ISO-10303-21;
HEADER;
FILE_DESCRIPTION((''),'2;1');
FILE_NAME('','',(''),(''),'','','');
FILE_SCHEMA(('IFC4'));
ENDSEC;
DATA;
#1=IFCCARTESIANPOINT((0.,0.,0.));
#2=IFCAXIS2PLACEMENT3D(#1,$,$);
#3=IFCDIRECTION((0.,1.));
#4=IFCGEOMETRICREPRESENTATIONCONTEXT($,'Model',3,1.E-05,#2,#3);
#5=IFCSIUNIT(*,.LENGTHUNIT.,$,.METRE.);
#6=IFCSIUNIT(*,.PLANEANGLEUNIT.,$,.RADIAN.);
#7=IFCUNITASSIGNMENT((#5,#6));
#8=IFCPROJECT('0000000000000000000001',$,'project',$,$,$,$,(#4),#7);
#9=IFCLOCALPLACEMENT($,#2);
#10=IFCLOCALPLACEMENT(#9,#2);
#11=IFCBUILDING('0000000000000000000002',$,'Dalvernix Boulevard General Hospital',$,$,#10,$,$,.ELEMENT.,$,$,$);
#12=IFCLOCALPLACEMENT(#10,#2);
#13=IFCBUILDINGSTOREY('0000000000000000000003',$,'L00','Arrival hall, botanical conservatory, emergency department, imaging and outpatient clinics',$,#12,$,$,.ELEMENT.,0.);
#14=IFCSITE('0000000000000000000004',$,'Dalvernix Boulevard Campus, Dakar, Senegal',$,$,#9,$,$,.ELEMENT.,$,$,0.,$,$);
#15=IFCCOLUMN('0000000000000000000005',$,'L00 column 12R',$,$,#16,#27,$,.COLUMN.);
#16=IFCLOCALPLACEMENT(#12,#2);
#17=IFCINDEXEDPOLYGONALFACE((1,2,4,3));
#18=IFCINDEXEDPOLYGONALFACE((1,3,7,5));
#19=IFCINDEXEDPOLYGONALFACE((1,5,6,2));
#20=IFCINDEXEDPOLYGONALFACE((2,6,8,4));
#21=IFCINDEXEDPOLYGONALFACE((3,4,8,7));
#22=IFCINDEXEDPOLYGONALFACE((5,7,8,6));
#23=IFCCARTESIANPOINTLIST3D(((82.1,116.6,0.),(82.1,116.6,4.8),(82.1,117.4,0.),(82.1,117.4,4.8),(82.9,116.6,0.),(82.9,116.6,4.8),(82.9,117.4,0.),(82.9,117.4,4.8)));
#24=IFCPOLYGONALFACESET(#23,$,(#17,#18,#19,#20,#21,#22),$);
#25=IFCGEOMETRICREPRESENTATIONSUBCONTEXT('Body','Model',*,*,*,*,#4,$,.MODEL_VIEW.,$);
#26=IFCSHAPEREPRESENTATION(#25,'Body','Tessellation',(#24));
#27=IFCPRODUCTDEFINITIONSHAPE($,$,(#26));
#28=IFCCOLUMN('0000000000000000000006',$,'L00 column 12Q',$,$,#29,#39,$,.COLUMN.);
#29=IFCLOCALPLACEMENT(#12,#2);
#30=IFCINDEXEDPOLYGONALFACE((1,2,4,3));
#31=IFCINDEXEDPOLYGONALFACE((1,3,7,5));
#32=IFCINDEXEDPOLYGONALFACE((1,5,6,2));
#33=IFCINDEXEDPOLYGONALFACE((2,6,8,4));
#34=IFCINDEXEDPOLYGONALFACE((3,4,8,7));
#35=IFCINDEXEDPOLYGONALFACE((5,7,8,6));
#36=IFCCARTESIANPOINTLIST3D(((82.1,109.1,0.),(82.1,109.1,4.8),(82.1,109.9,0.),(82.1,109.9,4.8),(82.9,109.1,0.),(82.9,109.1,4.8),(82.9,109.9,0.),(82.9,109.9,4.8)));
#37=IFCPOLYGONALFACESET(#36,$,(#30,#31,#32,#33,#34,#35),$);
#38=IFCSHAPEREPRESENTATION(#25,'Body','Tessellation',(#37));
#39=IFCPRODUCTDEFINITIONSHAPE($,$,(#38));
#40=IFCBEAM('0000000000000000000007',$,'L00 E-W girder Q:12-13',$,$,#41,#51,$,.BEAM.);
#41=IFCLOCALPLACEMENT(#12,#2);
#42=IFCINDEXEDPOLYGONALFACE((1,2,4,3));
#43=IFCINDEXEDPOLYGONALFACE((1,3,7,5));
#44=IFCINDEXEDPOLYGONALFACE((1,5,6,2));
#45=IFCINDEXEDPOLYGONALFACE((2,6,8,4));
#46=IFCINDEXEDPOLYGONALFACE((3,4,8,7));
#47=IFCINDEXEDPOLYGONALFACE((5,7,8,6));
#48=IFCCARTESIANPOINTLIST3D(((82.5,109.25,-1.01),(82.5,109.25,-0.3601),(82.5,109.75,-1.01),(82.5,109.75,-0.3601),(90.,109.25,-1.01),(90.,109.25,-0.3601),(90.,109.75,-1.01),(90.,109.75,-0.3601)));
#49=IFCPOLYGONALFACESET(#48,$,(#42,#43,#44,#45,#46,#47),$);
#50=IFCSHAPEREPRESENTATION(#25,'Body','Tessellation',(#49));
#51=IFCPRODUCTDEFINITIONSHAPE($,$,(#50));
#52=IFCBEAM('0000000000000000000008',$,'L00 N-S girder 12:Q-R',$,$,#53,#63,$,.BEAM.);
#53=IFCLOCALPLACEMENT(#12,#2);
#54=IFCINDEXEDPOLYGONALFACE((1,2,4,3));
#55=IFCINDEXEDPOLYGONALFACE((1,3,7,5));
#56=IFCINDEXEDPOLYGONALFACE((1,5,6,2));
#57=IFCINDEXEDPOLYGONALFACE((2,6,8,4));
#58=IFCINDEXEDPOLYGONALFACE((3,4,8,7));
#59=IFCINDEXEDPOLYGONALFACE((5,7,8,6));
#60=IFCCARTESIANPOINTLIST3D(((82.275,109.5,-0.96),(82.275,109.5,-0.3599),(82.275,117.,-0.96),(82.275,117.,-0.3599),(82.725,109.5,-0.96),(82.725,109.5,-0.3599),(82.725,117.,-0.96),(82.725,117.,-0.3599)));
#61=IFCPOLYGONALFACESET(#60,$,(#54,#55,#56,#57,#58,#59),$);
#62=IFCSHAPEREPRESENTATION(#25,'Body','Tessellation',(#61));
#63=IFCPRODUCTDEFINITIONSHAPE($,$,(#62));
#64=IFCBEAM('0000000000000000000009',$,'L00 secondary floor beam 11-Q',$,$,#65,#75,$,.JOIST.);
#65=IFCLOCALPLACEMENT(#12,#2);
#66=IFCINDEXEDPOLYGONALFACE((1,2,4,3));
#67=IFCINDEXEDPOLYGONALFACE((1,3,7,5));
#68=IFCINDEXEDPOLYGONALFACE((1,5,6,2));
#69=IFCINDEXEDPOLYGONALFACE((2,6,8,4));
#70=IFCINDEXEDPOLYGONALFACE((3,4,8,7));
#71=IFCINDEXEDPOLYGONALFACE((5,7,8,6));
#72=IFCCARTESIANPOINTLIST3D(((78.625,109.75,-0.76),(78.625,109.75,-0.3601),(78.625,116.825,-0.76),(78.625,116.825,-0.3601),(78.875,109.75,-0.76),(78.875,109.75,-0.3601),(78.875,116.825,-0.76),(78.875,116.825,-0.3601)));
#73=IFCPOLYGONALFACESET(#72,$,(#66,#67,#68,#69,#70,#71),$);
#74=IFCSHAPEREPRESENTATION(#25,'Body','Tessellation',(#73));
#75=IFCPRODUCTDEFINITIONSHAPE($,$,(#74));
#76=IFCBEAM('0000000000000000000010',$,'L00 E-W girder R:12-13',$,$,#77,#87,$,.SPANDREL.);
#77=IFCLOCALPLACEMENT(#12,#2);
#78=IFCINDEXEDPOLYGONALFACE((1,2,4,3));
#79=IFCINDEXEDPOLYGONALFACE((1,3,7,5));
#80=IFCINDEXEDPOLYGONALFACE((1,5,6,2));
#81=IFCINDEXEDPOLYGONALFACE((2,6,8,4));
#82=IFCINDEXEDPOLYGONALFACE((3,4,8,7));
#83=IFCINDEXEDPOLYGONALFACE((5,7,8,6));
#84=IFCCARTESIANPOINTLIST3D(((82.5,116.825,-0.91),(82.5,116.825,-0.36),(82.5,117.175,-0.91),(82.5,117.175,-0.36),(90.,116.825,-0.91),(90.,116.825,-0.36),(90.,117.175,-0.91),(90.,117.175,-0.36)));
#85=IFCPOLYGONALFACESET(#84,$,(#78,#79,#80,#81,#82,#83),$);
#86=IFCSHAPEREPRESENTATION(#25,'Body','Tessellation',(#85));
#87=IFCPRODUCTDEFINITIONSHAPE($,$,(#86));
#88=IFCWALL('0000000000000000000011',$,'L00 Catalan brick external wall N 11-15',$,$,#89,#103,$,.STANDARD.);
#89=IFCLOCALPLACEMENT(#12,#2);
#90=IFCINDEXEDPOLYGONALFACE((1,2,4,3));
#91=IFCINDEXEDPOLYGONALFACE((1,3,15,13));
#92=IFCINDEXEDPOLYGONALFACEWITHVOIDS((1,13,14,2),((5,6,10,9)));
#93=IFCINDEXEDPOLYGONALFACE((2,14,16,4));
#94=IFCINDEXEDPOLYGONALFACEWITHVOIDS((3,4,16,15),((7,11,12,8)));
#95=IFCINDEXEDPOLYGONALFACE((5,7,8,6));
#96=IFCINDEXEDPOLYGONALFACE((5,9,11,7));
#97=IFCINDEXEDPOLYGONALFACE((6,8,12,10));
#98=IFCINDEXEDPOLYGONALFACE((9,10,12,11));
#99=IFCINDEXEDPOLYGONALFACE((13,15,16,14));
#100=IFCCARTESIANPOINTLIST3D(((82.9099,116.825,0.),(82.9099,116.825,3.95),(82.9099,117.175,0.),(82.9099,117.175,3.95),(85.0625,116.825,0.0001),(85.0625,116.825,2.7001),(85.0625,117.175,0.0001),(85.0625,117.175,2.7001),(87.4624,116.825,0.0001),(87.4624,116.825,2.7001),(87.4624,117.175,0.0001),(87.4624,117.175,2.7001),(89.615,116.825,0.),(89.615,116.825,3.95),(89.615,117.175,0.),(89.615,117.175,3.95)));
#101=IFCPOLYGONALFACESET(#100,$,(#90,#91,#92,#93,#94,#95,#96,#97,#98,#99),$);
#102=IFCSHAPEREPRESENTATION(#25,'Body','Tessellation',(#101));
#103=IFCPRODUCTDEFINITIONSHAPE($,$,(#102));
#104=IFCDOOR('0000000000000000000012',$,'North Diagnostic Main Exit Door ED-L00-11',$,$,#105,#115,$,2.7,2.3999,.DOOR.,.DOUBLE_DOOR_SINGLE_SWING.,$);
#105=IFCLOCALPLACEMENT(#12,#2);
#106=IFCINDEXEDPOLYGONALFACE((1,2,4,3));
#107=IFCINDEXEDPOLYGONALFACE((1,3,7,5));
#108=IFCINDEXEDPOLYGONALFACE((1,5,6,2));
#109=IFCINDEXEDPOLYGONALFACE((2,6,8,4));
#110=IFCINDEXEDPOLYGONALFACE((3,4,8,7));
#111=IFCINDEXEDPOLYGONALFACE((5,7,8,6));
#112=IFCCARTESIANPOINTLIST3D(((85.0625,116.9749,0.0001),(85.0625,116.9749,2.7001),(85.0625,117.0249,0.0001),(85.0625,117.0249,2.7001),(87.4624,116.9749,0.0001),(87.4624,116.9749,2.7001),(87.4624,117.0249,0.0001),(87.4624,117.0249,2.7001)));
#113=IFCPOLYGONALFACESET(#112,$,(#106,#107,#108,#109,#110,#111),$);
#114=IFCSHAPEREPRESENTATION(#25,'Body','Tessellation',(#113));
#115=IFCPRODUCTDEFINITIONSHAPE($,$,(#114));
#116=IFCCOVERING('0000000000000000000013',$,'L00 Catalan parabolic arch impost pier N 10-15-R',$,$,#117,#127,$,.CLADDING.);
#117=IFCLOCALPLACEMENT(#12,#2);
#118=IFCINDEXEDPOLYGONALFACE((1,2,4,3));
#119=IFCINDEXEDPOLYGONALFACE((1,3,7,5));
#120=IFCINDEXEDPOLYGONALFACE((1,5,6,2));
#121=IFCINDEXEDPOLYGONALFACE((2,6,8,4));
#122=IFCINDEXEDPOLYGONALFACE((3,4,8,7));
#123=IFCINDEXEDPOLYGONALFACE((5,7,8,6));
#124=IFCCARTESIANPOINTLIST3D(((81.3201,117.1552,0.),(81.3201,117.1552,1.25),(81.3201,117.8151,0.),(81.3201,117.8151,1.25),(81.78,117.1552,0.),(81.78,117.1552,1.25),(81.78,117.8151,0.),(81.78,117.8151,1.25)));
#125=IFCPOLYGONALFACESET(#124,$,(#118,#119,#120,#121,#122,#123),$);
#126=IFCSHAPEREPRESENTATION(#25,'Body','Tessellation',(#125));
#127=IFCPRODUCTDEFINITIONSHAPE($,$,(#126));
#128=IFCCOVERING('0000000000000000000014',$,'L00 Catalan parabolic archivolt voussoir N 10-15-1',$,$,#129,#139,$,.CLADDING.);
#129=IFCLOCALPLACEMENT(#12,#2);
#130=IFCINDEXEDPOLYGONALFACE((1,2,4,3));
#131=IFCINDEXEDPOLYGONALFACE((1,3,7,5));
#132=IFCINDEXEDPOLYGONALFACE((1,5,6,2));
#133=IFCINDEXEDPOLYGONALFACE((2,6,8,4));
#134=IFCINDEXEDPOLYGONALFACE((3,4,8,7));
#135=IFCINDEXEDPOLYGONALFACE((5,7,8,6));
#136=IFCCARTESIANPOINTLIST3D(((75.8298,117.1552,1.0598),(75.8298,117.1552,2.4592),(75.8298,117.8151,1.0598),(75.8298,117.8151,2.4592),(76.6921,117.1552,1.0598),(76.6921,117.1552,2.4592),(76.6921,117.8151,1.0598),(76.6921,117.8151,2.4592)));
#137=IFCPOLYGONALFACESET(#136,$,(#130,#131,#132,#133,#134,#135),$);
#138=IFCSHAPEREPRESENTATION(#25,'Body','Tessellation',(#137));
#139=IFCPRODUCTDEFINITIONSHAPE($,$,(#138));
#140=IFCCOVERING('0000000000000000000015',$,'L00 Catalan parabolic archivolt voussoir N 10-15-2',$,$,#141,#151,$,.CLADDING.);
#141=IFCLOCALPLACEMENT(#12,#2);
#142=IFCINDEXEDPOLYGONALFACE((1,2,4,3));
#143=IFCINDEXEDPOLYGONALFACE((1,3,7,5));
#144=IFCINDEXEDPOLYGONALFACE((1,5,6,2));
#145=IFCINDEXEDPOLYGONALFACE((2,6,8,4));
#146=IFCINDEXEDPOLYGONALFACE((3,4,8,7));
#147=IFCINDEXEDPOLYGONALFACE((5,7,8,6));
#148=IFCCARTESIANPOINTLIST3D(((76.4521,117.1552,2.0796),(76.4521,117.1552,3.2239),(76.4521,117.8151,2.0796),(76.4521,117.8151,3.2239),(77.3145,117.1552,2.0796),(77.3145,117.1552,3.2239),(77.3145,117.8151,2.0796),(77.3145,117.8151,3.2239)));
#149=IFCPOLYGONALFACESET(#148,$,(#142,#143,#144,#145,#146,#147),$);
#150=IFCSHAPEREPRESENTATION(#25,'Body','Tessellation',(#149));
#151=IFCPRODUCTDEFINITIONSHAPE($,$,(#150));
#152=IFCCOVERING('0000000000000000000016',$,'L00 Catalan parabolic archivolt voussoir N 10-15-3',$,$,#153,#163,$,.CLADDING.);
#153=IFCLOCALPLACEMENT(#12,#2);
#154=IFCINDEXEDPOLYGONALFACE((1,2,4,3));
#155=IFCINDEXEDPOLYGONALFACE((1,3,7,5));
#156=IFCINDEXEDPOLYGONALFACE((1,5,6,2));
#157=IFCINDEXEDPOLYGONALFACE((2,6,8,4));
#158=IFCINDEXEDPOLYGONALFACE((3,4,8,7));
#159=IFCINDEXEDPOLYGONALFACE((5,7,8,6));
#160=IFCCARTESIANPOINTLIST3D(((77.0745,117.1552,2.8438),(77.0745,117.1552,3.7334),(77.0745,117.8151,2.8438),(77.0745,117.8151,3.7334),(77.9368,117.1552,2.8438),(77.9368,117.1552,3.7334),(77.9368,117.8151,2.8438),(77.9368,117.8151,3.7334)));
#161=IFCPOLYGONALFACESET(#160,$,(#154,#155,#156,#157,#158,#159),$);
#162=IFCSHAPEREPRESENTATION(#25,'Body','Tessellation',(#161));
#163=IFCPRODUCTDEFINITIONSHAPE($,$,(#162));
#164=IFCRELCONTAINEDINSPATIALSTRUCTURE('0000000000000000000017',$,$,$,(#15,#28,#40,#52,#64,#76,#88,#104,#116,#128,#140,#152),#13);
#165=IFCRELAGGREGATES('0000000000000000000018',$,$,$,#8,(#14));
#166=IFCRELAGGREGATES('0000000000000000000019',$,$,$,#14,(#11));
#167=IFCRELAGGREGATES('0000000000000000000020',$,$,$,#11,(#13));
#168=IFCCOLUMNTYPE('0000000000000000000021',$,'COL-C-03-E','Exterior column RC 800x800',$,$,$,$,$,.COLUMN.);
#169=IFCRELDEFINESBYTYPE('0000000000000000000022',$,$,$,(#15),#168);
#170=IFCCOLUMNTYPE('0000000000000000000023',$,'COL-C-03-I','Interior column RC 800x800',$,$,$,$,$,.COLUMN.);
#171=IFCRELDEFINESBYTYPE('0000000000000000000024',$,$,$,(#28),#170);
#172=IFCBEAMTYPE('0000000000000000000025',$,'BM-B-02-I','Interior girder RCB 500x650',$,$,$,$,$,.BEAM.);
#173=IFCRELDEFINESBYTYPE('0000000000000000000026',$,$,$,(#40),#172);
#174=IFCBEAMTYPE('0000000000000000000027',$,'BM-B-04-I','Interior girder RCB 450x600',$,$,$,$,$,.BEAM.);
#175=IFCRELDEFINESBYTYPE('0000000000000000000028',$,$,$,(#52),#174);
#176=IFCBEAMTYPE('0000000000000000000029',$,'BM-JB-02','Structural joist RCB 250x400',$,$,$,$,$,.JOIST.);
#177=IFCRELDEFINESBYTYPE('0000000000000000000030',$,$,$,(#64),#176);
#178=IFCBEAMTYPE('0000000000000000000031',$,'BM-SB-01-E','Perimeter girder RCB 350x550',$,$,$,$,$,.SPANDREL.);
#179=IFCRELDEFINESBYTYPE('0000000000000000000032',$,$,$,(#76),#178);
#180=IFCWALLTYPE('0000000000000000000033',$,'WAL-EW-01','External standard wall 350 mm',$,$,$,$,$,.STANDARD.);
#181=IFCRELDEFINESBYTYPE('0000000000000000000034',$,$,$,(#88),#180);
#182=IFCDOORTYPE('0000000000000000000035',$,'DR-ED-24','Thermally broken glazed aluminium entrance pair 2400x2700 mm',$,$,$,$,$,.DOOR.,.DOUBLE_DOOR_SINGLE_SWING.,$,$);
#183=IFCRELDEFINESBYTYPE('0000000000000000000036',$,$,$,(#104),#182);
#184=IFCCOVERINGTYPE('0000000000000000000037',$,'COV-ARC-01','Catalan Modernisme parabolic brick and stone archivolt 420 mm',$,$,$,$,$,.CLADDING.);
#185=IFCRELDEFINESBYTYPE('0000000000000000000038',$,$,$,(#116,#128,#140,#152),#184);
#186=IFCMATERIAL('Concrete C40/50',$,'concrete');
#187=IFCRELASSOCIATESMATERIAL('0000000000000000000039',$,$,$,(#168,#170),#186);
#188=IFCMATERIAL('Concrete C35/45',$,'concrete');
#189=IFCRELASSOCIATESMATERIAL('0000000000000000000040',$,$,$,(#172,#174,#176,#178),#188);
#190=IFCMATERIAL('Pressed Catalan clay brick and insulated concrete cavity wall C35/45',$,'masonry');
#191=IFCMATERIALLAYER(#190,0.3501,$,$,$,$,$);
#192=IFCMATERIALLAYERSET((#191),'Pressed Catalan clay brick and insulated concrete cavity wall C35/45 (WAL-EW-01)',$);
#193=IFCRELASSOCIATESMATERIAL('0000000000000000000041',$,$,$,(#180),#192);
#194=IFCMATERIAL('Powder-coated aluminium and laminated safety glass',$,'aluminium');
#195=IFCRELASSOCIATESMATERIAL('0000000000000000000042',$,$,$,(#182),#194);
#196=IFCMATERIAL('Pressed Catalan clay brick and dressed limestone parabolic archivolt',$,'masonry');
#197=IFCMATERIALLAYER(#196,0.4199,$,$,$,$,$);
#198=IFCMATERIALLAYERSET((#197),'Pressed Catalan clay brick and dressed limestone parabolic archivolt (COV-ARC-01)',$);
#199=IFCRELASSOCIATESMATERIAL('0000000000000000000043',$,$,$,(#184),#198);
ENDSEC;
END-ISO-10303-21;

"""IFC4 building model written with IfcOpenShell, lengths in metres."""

from ifc_helpers import new_model, si_unit, direction, frame, frame_2d, origin, origin_2d, place, context, subcontext, project, spatial, rectangle, extrude, material, layer, layer_set, material_profile, profile_set, type_object, element, fill, save


model = new_model("IFC4")

# Units and contexts
model_context = context("Model", 3, precision=1e-05, world=origin(), true_north=direction((0.0, 1.0)))
body_context = subcontext(model_context, "Body", "Model", "MODEL_VIEW")
ifc_project = project(units=[si_unit("LENGTHUNIT", "METRE"), si_unit("PLANEANGLEUNIT", "RADIAN")], contexts=[model_context])

# Site, building, storey
site_placement = place(None, origin())
site = spatial("IfcSite", under=ifc_project, at=site_placement, Name="Dalvernix Boulevard Campus, Dakar, Senegal", CompositionType="ELEMENT", RefElevation=0.0)
building_placement = place(site_placement, origin())
building = spatial("IfcBuilding", under=site, at=building_placement, Name="Dalvernix Boulevard General Hospital", CompositionType="ELEMENT")
storey_placement = place(building_placement, origin())
storey = spatial("IfcBuildingStorey", under=building, at=storey_placement, Name="L00", Description="Arrival hall, botanical conservatory, emergency department, imaging and outpatient clinics", CompositionType="ELEMENT", Elevation=0.0)

# Columns
ifc_material_1 = material(Name="Concrete C40/50", Category="concrete")
ifc_material_profile_1 = material_profile(ifc_material_1, rectangle(XDim=0.8, YDim=0.8, at=origin_2d()), Name="RC 800x800")
ifc_profile_set_1 = profile_set([ifc_material_profile_1], Name="Concrete C40/50")
column_type_1 = type_object("IfcColumnType", Name="COL-C-03-E", Description="Exterior column RC 800x800", PredefinedType="COLUMN", material=ifc_profile_set_1)
column_1_placement = place(storey_placement, frame((82.5, 117.0, 0.0), z_axis=(0.0, 0.0, 1.0), x_axis=(1.0, 0.0, 0.0)))
element("IfcColumn", 1, at=column_1_placement, inside=storey, type_object=column_type_1, Name="L00 column 12R", PredefinedType="COLUMN", context=body_context, shape_type="SweptSolid", body=[
    extrude(rectangle(XDim=0.8, YDim=0.8, at=origin_2d()), origin(), (0.0, 0.0, 1.0), 4.8),
])
ifc_material_profile_2 = material_profile(ifc_material_1, rectangle(XDim=0.8, YDim=0.8, at=origin_2d()), Name="RC 800x800")
ifc_profile_set_2 = profile_set([ifc_material_profile_2], Name="Concrete C40/50")
column_type_2 = type_object("IfcColumnType", Name="COL-C-03-I", Description="Interior column RC 800x800", PredefinedType="COLUMN", material=ifc_profile_set_2)
column_2_placement = place(storey_placement, frame((82.5, 109.5, 0.0), z_axis=(0.0, 0.0, 1.0), x_axis=(1.0, 0.0, 0.0)))
element("IfcColumn", 2, at=column_2_placement, inside=storey, type_object=column_type_2, Name="L00 column 12Q", PredefinedType="COLUMN", context=body_context, shape_type="SweptSolid", body=[
    extrude(rectangle(XDim=0.8, YDim=0.8, at=origin_2d()), origin(), (0.0, 0.0, 1.0), 4.8),
])

# Beams
ifc_material_2 = material(Name="Concrete C35/45", Category="concrete")
ifc_material_profile_3 = material_profile(ifc_material_2, rectangle(XDim=0.5, YDim=0.6499, at=origin_2d()), Name="RCB 500x650")
ifc_profile_set_3 = profile_set([ifc_material_profile_3], Name="Concrete C35/45")
beam_type_1 = type_object("IfcBeamType", Name="BM-B-02-I", Description="Interior girder RCB 500x650", PredefinedType="BEAM", material=ifc_profile_set_3)
beam_1_placement = place(storey_placement, frame((82.5, 109.5, -0.6851), z_axis=(1.0, 0.0, 0.0), x_axis=(0.0, 1.0, 0.0)))
element("IfcBeam", 3, at=beam_1_placement, inside=storey, type_object=beam_type_1, Name="L00 E-W girder Q:12-13", PredefinedType="BEAM", context=body_context, shape_type="SweptSolid", body=[
    extrude(rectangle(XDim=0.5, YDim=0.6499, at=origin_2d()), origin(), (0.0, 0.0, 1.0), 7.5),
])
ifc_material_profile_4 = material_profile(ifc_material_2, rectangle(XDim=0.45, YDim=0.6001, at=origin_2d()), Name="RCB 450x600")
ifc_profile_set_4 = profile_set([ifc_material_profile_4], Name="Concrete C35/45")
beam_type_2 = type_object("IfcBeamType", Name="BM-B-04-I", Description="Interior girder RCB 450x600", PredefinedType="BEAM", material=ifc_profile_set_4)
beam_2_placement = place(storey_placement, frame((82.5, 109.5, -0.6599), z_axis=(0.0, 1.0, 0.0), x_axis=(-1.0, 0.0, 0.0)))
element("IfcBeam", 4, at=beam_2_placement, inside=storey, type_object=beam_type_2, Name="L00 N-S girder 12:Q-R", PredefinedType="BEAM", context=body_context, shape_type="SweptSolid", body=[
    extrude(rectangle(XDim=0.45, YDim=0.6001, at=origin_2d()), origin(), (0.0, 0.0, 1.0), 7.5),
])
ifc_material_profile_5 = material_profile(ifc_material_2, rectangle(XDim=0.25, YDim=0.3999, at=origin_2d()), Name="RCB 250x400")
ifc_profile_set_5 = profile_set([ifc_material_profile_5], Name="Concrete C35/45")
beam_type_3 = type_object("IfcBeamType", Name="BM-JB-02", Description="Structural joist RCB 250x400", PredefinedType="JOIST", material=ifc_profile_set_5)
beam_3_placement = place(storey_placement, frame((78.75, 109.75, -0.5601), z_axis=(0.0, 1.0, 0.0), x_axis=(-1.0, 0.0, 0.0)))
element("IfcBeam", 5, at=beam_3_placement, inside=storey, type_object=beam_type_3, Name="L00 secondary floor beam 11-Q", PredefinedType="JOIST", context=body_context, shape_type="SweptSolid", body=[
    extrude(rectangle(XDim=0.25, YDim=0.3999, at=origin_2d()), origin(), (0.0, 0.0, 1.0), 7.075),
])
ifc_material_profile_6 = material_profile(ifc_material_2, rectangle(XDim=0.3501, YDim=0.55, at=origin_2d()), Name="RCB 350x550")
ifc_profile_set_6 = profile_set([ifc_material_profile_6], Name="Concrete C35/45")
beam_type_4 = type_object("IfcBeamType", Name="BM-SB-01-E", Description="Perimeter girder RCB 350x550", PredefinedType="SPANDREL", material=ifc_profile_set_6)
beam_4_placement = place(storey_placement, frame((82.5, 117.0, -0.635), z_axis=(1.0, 0.0, 0.0), x_axis=(0.0, 1.0, 0.0)))
element("IfcBeam", 6, at=beam_4_placement, inside=storey, type_object=beam_type_4, Name="L00 E-W girder R:12-13", PredefinedType="SPANDREL", context=body_context, shape_type="SweptSolid", body=[
    extrude(rectangle(XDim=0.3501, YDim=0.55, at=origin_2d()), origin(), (0.0, 0.0, 1.0), 7.5),
])

# Wall, opening, door
ifc_material_3 = material(Name="Pressed Catalan clay brick and insulated concrete cavity wall C35/45", Category="masonry")
ifc_layer_1 = layer(ifc_material_3, 0.3501)
ifc_layer_set_1 = layer_set([ifc_layer_1], Name="Pressed Catalan clay brick and insulated concrete cavity wall C35/45 (WAL-EW-01)")
wall_type = type_object("IfcWallType", Name="WAL-EW-01", Description="External standard wall 350 mm", PredefinedType="STANDARD", material=ifc_layer_set_1)
wall_placement = place(storey_placement, frame((82.9099, 117.0, 0.0), z_axis=(0.0, 0.0, 1.0), x_axis=(1.0, 0.0, 0.0)))
wall = element("IfcWall", 7, at=wall_placement, inside=storey, type_object=wall_type, Name="L00 Catalan brick external wall N 11-15", PredefinedType="STANDARD", context=body_context, shape_type="SweptSolid", body=[
    extrude(rectangle(XDim=6.7051, YDim=0.3501, at=frame_2d((3.3525, 0.0))), origin(), (0.0, 0.0, 1.0), 3.95),
])
opening_placement = place(wall_placement, frame((2.1526, 0.0, 0.0)))
opening = element("IfcOpeningElement", 8, at=opening_placement, cuts=wall, PredefinedType="OPENING", context=body_context, shape_type="SweptSolid", body=[
    extrude(rectangle(XDim=2.3999, YDim=2.7, at=frame_2d((1.2, 1.3501))), frame((0.0, 0.1851, 0.0), z_axis=(0.0, -1.0, 0.0), x_axis=(1.0, 0.0, 0.0)), (0.0, 0.0, 1.0), 0.3701),
])
ifc_material_4 = material(Name="Powder-coated aluminium and laminated safety glass", Category="aluminium")
door_type = type_object("IfcDoorType", Name="DR-ED-24", Description="Thermally broken glazed aluminium entrance pair 2400x2700 mm", OperationType="DOUBLE_DOOR_SINGLE_SWING", PredefinedType="DOOR", material=ifc_material_4)
door_placement = place(opening_placement, origin())
door = element("IfcDoor", 9, at=door_placement, inside=storey, type_object=door_type, Name="North Diagnostic Main Exit Door ED-L00-11", OperationType="DOUBLE_DOOR_SINGLE_SWING", OverallHeight=2.7, OverallWidth=2.3999, PredefinedType="DOOR", context=body_context, shape_type="SweptSolid", body=[
    extrude(rectangle(XDim=2.3999, YDim=2.7, at=frame_2d((1.2, 1.3501))), frame((0.0, 0.0249, 0.0), z_axis=(0.0, -1.0, 0.0), x_axis=(1.0, 0.0, 0.0)), (0.0, 0.0, 1.0), 0.05),
])
fill(opening, door)

# Coverings
ifc_material_5 = material(Name="Pressed Catalan clay brick and dressed limestone parabolic archivolt", Category="masonry")
ifc_layer_2 = layer(ifc_material_5, 0.4199)
ifc_layer_set_2 = layer_set([ifc_layer_2], Name="Pressed Catalan clay brick and dressed limestone parabolic archivolt (COV-ARC-01)")
covering_type_1 = type_object("IfcCoveringType", Name="COV-ARC-01", Description="Catalan Modernisme parabolic brick and stone archivolt 420 mm", PredefinedType="CLADDING", material=ifc_layer_set_2)
covering_1_placement = place(storey_placement, frame((81.55, 117.4851, 0.0), z_axis=(0.0, 0.0, 1.0), x_axis=(1.0, 0.0, 0.0)))
element("IfcCovering", 10, at=covering_1_placement, inside=storey, type_object=covering_type_1, Name="L00 Catalan parabolic arch impost pier N 10-15-R", PredefinedType="CLADDING", context=body_context, shape_type="SweptSolid", body=[
    extrude(rectangle(XDim=0.46, YDim=0.6599, at=origin_2d()), origin(), (0.0, 0.0, 1.0), 1.25),
])
covering_2_placement = place(storey_placement, frame((76.261, 117.4851, 1.0598), z_axis=(0.0, 0.0, 1.0), x_axis=(1.0, 0.0, 0.0)))
element("IfcCovering", 11, at=covering_2_placement, inside=storey, type_object=covering_type_1, Name="L00 Catalan parabolic archivolt voussoir N 10-15-1", PredefinedType="CLADDING", context=body_context, shape_type="SweptSolid", body=[
    extrude(rectangle(XDim=0.8623, YDim=0.6599, at=origin_2d()), origin(), (0.0, 0.0, 1.0), 1.3994),
])
covering_3_placement = place(storey_placement, frame((76.8833, 117.4851, 2.0796), z_axis=(0.0, 0.0, 1.0), x_axis=(1.0, 0.0, 0.0)))
element("IfcCovering", 12, at=covering_3_placement, inside=storey, type_object=covering_type_1, Name="L00 Catalan parabolic archivolt voussoir N 10-15-2", PredefinedType="CLADDING", context=body_context, shape_type="SweptSolid", body=[
    extrude(rectangle(XDim=0.8623, YDim=0.6599, at=origin_2d()), origin(), (0.0, 0.0, 1.0), 1.1443),
])
covering_4_placement = place(storey_placement, frame((77.5056, 117.4851, 2.8438), z_axis=(0.0, 0.0, 1.0), x_axis=(1.0, 0.0, 0.0)))
element("IfcCovering", 13, at=covering_4_placement, inside=storey, type_object=covering_type_1, Name="L00 Catalan parabolic archivolt voussoir N 10-15-3", PredefinedType="CLADDING", context=body_context, shape_type="SweptSolid", body=[
    extrude(rectangle(XDim=0.8623, YDim=0.6599, at=origin_2d()), origin(), (0.0, 0.0, 1.0), 0.8896),
])

save(model, "model.ifc")
